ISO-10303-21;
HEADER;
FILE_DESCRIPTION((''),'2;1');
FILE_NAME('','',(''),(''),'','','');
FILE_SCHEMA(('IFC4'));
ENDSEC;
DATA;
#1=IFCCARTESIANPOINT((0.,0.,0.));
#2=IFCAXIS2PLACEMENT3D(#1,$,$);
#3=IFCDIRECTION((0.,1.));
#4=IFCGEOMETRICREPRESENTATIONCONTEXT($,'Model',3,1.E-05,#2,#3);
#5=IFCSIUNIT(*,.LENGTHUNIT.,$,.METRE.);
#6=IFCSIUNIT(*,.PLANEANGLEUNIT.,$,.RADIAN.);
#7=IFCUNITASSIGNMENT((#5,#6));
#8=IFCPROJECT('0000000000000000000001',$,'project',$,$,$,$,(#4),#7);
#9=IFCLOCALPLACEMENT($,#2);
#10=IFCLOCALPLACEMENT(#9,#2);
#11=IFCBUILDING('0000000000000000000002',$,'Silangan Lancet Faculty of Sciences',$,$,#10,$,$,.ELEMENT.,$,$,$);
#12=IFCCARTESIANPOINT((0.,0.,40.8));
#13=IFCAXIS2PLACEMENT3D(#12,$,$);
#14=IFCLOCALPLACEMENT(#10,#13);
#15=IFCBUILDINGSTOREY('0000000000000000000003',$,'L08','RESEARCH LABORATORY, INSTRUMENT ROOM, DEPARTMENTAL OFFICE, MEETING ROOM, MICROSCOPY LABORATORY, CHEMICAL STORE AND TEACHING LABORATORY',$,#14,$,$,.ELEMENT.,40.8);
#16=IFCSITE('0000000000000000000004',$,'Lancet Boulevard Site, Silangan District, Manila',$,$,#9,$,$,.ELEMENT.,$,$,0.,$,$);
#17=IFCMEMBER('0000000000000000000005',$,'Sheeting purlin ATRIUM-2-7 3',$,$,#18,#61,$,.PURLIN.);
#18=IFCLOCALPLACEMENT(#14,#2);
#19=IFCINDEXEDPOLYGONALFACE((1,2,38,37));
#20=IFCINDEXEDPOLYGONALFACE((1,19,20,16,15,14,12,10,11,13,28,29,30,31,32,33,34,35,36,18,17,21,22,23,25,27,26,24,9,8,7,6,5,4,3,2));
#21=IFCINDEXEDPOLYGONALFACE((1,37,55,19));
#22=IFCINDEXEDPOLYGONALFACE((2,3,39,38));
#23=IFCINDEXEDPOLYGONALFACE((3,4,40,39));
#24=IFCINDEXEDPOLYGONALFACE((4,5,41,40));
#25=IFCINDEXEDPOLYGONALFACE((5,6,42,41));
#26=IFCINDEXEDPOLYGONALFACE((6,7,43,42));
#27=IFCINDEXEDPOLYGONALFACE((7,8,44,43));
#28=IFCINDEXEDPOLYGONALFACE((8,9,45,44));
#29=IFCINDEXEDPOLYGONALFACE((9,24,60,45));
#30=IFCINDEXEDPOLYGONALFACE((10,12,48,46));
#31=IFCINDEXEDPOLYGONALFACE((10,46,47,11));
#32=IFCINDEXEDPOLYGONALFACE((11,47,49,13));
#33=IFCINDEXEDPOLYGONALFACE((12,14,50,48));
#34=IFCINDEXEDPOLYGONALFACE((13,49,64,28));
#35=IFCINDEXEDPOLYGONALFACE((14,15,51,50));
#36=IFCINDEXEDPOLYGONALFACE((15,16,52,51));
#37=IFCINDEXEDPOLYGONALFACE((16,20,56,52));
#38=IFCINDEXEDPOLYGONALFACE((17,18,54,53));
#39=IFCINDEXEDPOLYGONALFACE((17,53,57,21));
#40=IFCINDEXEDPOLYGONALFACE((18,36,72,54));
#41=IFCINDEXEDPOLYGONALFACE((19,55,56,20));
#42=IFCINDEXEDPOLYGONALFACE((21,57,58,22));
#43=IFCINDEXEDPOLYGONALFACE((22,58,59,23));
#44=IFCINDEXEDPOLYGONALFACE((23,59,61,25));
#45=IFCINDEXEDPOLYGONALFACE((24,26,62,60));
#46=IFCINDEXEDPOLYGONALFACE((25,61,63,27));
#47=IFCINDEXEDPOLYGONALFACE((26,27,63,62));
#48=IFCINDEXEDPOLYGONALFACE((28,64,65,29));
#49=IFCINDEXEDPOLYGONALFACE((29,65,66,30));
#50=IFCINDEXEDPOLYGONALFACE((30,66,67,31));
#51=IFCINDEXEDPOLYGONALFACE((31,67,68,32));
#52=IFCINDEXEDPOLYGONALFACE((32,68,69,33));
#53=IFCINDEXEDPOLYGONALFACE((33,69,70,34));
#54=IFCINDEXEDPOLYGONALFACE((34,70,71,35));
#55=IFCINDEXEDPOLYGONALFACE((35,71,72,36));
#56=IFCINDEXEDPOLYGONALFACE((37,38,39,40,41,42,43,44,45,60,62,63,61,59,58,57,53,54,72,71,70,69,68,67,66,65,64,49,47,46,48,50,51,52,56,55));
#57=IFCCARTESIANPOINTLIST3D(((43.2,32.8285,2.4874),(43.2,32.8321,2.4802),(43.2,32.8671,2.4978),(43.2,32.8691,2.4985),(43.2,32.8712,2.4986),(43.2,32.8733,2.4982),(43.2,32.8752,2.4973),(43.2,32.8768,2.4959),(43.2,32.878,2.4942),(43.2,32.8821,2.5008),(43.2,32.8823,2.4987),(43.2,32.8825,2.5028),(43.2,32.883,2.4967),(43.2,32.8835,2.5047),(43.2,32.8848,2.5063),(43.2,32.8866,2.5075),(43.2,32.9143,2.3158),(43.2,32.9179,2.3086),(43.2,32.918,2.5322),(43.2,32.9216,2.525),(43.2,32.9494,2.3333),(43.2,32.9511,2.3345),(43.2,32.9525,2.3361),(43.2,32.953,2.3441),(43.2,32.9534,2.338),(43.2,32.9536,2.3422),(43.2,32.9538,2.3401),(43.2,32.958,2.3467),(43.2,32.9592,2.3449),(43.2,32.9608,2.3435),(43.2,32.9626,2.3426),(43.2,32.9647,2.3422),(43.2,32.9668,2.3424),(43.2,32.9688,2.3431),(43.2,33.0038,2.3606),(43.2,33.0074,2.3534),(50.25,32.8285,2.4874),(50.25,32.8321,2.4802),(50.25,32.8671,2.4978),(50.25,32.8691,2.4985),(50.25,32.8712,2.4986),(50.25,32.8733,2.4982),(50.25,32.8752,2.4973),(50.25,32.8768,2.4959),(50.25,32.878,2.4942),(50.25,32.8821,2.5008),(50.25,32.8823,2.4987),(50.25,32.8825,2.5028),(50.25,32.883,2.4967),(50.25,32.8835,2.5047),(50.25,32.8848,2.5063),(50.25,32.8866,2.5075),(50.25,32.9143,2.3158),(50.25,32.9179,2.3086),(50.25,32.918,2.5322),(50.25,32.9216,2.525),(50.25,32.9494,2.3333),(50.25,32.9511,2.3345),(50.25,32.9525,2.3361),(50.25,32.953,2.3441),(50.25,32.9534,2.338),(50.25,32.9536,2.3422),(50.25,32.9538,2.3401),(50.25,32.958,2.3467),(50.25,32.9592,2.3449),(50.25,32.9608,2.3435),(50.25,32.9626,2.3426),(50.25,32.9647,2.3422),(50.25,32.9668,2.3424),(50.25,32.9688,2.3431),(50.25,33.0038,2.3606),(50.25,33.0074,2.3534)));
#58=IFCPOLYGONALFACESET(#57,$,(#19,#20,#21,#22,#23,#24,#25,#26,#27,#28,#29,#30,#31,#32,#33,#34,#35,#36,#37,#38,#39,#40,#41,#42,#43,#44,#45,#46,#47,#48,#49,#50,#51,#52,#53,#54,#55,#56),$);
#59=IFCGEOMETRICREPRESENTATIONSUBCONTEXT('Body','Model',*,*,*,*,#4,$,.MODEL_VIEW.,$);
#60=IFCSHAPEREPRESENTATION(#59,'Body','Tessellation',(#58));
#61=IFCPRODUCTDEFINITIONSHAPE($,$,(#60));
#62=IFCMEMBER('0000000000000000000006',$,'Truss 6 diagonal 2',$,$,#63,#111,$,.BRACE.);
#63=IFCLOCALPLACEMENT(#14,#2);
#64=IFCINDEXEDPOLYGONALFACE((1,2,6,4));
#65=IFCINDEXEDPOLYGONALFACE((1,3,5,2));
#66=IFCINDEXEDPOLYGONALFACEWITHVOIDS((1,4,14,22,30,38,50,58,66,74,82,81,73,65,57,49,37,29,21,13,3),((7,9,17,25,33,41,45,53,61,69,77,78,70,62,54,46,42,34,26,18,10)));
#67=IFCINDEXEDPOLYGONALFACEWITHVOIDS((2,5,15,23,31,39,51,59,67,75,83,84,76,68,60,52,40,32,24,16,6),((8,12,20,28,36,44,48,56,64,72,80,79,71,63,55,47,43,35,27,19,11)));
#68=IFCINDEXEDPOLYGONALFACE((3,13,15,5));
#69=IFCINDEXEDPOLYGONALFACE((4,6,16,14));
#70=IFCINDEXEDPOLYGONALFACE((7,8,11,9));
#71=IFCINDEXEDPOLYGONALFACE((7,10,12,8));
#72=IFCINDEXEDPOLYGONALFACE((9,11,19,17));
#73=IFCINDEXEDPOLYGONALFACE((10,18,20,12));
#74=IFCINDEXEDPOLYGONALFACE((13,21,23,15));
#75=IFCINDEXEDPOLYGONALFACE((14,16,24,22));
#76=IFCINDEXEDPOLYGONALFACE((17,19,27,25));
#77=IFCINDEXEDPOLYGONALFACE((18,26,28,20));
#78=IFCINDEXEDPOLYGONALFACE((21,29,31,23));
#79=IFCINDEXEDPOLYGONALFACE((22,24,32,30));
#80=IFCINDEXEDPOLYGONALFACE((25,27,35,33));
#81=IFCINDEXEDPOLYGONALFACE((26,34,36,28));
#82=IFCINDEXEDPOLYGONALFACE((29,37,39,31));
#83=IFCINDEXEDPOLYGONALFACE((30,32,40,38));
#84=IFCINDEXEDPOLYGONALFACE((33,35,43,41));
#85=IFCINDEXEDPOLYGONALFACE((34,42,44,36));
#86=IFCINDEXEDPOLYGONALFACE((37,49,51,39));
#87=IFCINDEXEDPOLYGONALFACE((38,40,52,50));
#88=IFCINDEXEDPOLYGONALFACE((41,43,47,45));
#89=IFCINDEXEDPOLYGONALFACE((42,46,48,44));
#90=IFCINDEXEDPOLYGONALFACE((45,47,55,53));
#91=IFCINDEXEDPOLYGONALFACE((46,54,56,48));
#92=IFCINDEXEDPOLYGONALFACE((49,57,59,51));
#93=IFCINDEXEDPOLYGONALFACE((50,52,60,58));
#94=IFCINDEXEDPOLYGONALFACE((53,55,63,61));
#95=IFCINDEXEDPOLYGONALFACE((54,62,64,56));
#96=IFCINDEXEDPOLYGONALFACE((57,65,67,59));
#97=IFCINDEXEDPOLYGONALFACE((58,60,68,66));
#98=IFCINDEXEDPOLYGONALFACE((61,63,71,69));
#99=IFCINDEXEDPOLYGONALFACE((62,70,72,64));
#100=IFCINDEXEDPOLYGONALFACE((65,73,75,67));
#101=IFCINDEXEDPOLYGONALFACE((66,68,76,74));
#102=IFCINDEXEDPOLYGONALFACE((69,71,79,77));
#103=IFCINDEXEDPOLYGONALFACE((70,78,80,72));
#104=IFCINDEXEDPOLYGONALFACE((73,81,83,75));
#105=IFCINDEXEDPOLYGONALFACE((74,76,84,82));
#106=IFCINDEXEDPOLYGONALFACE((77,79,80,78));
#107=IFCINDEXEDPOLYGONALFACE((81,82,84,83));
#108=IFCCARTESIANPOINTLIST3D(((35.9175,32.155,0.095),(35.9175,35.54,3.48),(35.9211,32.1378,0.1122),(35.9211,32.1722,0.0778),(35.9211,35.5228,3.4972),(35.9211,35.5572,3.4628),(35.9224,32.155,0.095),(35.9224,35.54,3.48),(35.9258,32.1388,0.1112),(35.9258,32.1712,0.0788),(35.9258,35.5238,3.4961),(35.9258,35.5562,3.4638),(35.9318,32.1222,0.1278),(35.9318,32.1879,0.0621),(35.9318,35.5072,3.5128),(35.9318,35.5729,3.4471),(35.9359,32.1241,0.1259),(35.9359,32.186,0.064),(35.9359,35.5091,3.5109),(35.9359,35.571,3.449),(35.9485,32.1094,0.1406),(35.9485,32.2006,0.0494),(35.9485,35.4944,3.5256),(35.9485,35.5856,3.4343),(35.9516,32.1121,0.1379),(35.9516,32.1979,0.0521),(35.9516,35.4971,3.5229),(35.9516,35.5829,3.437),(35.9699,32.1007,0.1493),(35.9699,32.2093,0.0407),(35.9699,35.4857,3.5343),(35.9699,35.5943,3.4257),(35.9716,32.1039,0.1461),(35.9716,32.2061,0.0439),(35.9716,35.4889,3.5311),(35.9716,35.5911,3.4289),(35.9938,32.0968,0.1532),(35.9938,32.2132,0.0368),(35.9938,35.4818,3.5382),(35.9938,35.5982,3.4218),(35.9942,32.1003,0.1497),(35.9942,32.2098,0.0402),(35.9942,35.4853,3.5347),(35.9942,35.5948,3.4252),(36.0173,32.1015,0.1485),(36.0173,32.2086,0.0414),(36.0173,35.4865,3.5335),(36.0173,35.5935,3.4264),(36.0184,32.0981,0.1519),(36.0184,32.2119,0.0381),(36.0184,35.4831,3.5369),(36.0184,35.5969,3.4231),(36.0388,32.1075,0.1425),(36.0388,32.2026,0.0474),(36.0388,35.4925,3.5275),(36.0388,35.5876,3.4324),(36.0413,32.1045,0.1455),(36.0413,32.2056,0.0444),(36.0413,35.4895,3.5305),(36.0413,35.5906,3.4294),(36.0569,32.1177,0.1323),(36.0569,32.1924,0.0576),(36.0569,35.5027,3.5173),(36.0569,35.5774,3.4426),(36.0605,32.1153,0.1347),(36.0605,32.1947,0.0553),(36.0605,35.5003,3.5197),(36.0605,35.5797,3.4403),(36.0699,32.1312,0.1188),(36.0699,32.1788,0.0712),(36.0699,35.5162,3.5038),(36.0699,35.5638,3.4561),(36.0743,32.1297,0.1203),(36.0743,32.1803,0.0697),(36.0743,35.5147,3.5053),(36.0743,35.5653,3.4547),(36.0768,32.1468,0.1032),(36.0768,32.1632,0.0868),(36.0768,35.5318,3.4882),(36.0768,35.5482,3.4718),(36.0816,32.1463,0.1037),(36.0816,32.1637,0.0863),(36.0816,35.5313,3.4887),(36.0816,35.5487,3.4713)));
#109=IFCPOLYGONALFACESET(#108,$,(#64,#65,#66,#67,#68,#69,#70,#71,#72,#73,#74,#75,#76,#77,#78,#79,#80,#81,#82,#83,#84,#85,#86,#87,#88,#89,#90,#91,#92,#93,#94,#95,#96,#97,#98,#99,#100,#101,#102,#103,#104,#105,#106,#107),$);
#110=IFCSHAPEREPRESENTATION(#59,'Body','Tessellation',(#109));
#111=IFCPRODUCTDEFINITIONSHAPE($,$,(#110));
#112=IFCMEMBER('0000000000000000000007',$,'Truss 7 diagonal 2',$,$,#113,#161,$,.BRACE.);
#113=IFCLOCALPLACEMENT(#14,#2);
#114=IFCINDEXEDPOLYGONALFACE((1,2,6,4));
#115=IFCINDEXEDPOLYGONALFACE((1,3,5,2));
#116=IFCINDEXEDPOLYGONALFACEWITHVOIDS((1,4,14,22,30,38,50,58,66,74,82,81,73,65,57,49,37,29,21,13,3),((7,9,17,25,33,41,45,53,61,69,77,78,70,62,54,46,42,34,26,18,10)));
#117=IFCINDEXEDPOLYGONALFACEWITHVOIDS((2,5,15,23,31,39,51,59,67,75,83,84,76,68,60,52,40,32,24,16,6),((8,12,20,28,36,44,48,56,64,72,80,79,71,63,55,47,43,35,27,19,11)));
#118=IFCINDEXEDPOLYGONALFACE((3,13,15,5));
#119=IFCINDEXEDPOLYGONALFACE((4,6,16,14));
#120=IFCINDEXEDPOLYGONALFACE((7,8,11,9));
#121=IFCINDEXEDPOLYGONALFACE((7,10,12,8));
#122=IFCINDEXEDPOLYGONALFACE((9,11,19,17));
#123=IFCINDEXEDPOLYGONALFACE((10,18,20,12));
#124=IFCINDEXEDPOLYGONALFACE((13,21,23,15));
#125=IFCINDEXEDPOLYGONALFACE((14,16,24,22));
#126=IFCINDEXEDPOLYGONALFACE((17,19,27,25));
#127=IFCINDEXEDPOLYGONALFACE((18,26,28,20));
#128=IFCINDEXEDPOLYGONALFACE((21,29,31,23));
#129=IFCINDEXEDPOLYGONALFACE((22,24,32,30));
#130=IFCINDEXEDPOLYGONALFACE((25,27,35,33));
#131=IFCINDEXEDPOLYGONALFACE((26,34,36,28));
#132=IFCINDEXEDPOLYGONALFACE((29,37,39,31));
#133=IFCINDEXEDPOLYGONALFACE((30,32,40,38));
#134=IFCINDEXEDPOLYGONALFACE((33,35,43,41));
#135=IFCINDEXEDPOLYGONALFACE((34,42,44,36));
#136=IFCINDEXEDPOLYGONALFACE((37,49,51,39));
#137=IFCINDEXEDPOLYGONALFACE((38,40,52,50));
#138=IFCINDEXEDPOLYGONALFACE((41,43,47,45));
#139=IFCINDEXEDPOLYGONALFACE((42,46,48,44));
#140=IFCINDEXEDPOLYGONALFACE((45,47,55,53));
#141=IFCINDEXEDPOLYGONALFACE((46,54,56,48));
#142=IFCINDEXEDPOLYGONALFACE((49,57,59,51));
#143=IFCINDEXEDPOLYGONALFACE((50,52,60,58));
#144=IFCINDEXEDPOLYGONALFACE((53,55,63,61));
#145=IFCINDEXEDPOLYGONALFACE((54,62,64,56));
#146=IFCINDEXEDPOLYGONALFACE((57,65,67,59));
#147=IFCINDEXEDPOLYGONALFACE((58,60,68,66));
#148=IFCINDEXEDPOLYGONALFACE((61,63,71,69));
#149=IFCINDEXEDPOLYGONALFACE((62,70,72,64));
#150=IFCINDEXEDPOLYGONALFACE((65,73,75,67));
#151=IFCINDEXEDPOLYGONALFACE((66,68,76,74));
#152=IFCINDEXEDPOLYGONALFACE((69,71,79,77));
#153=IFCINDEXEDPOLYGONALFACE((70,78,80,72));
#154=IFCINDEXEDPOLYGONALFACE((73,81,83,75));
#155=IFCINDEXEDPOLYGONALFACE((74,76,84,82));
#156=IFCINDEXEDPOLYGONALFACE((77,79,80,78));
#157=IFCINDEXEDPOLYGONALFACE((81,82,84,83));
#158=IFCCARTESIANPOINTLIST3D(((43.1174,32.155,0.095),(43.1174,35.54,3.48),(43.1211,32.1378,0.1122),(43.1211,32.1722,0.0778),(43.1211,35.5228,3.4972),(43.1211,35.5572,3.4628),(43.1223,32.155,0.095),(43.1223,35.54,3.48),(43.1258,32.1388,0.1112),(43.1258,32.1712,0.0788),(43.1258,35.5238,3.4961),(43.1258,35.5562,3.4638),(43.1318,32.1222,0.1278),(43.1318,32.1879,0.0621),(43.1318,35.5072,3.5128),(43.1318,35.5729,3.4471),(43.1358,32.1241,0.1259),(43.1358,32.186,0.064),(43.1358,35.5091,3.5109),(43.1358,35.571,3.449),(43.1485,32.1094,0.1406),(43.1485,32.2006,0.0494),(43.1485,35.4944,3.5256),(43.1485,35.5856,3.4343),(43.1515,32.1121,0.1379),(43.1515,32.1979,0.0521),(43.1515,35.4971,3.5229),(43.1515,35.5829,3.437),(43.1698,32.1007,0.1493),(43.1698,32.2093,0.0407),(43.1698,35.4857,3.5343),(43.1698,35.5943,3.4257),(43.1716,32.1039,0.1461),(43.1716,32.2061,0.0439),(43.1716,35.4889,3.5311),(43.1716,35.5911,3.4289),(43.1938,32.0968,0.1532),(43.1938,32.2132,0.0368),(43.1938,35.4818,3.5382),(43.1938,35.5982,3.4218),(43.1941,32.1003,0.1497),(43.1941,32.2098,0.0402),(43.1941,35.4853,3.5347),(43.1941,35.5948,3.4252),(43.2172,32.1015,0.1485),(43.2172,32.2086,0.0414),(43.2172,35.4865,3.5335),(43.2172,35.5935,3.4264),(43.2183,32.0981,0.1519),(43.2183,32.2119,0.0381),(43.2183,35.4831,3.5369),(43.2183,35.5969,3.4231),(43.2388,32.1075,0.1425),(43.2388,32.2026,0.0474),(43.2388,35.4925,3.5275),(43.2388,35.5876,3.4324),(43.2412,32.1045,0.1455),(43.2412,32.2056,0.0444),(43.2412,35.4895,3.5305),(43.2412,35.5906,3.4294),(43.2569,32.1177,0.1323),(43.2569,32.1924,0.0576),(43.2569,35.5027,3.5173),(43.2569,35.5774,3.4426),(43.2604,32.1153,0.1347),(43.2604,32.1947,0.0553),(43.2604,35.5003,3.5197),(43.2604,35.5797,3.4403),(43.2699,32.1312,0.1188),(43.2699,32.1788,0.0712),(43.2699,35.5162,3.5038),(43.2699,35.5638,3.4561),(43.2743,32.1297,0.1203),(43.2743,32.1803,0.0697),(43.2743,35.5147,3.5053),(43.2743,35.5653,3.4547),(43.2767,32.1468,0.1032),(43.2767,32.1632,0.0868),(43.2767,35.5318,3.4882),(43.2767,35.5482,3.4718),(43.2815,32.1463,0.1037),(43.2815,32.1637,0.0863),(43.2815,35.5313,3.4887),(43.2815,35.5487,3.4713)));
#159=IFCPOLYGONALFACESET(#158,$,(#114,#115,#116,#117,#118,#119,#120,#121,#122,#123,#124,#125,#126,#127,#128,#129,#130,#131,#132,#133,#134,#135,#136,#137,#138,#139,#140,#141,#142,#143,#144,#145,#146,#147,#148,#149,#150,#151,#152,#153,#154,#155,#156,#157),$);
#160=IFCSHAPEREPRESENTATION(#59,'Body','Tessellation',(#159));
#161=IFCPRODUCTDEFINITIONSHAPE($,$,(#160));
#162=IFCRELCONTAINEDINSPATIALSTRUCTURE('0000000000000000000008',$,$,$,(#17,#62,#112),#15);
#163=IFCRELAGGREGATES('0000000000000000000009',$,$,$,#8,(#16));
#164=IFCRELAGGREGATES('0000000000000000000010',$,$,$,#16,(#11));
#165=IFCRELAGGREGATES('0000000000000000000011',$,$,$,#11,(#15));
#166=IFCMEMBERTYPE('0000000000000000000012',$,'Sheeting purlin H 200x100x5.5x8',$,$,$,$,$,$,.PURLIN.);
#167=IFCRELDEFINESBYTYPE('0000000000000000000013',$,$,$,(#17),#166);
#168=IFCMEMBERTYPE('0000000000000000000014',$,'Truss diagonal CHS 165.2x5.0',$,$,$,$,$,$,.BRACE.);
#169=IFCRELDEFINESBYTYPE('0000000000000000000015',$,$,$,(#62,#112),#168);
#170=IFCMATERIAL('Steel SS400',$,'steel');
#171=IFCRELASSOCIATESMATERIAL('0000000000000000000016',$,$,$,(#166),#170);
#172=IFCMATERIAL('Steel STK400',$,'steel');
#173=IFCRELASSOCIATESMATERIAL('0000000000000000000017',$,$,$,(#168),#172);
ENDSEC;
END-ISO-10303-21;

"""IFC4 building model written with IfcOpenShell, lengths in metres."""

from ifc_helpers import new_model, si_unit, direction, frame, origin, origin_2d, place, context, subcontext, project, spatial, hollow_circle, i_section, extrude, material, material_profile, profile_set, type_object, element, save


model = new_model("IFC4")

# Units and contexts
model_context = context("Model", 3, precision=1e-05, world=origin(), true_north=direction((0.0, 1.0)))
body_context = subcontext(model_context, "Body", "Model", "MODEL_VIEW")
ifc_project = project(units=[si_unit("LENGTHUNIT", "METRE"), si_unit("PLANEANGLEUNIT", "RADIAN")], contexts=[model_context])

# Site, building, storey
site_placement = place(None, origin())
site = spatial("IfcSite", under=ifc_project, at=site_placement, Name="Lancet Boulevard Site, Silangan District, Manila", CompositionType="ELEMENT", RefElevation=0.0)
building_placement = place(site_placement, origin())
building = spatial("IfcBuilding", under=site, at=building_placement, Name="Silangan Lancet Faculty of Sciences", CompositionType="ELEMENT")
storey_placement = place(building_placement, frame((0.0, 0.0, 40.8)))
storey = spatial("IfcBuildingStorey", under=building, at=storey_placement, Name="L08", Description="RESEARCH LABORATORY, INSTRUMENT ROOM, DEPARTMENTAL OFFICE, MEETING ROOM, MICROSCOPY LABORATORY, CHEMICAL STORE AND TEACHING LABORATORY", CompositionType="ELEMENT", Elevation=40.8)

# Members
ifc_material_1 = material(Name="Steel SS400", Category="steel")
ifc_material_profile_1 = material_profile(ifc_material_1, i_section(OverallWidth=0.1001, OverallDepth=0.2, WebThickness=0.0056, FlangeThickness=0.0081, FilletRadius=0.0081, at=origin_2d()), Name="H 200x100x5.5x8")
ifc_profile_set_1 = profile_set([ifc_material_profile_1], Name="Steel SS400")
member_type_1 = type_object("IfcMemberType", Name="Sheeting purlin H 200x100x5.5x8", PredefinedType="PURLIN", material=ifc_profile_set_1)
for number, where, z_axis, x_axis, name in (
    (1, (43.2, 32.918, 2.4204), (1.0, 0.0, 0.0), (0.0, 0.894427, 0.447214), "Sheeting purlin ATRIUM-2-7 3"),
):
    element("IfcMember", number, at=place(storey_placement, frame(where, z_axis=z_axis, x_axis=x_axis)), inside=storey, type_object=member_type_1, Name=name, PredefinedType="PURLIN", context=body_context, shape_type="SweptSolid", body=[
        extrude(i_section(OverallWidth=0.1001, OverallDepth=0.2, WebThickness=0.0056, FlangeThickness=0.0081, FilletRadius=0.0081, at=origin_2d()), origin(), (0.0, 0.0, 1.0), 7.05),
    ])
ifc_material_2 = material(Name="Steel STK400", Category="steel")
ifc_material_profile_2 = material_profile(ifc_material_2, hollow_circle(Radius=0.0825, WallThickness=0.0049, at=origin_2d()), Name="CHS 165.2x5.0")
ifc_profile_set_2 = profile_set([ifc_material_profile_2], Name="Steel STK400")
member_type_2 = type_object("IfcMemberType", Name="Truss diagonal CHS 165.2x5.0", PredefinedType="BRACE", material=ifc_profile_set_2)
for number, where, z_axis, x_axis, name in (
    (2, (36.0, 32.155, 0.095), (0.0, 0.707107, 0.707107), (-1.0, 0.0, 0.0), "Truss 6 diagonal 2"),
    (3, (43.2, 32.155, 0.095), (0.0, 0.707107, 0.707107), (-1.0, 0.0, 0.0), "Truss 7 diagonal 2"),
):
    element("IfcMember", number, at=place(storey_placement, frame(where, z_axis=z_axis, x_axis=x_axis)), inside=storey, type_object=member_type_2, Name=name, PredefinedType="BRACE", context=body_context, shape_type="SweptSolid", body=[
        extrude(hollow_circle(Radius=0.0825, WallThickness=0.0049, at=origin_2d()), origin(), (0.0, 0.0, 1.0), 4.7871),
    ])

save(model, "model.ifc")
